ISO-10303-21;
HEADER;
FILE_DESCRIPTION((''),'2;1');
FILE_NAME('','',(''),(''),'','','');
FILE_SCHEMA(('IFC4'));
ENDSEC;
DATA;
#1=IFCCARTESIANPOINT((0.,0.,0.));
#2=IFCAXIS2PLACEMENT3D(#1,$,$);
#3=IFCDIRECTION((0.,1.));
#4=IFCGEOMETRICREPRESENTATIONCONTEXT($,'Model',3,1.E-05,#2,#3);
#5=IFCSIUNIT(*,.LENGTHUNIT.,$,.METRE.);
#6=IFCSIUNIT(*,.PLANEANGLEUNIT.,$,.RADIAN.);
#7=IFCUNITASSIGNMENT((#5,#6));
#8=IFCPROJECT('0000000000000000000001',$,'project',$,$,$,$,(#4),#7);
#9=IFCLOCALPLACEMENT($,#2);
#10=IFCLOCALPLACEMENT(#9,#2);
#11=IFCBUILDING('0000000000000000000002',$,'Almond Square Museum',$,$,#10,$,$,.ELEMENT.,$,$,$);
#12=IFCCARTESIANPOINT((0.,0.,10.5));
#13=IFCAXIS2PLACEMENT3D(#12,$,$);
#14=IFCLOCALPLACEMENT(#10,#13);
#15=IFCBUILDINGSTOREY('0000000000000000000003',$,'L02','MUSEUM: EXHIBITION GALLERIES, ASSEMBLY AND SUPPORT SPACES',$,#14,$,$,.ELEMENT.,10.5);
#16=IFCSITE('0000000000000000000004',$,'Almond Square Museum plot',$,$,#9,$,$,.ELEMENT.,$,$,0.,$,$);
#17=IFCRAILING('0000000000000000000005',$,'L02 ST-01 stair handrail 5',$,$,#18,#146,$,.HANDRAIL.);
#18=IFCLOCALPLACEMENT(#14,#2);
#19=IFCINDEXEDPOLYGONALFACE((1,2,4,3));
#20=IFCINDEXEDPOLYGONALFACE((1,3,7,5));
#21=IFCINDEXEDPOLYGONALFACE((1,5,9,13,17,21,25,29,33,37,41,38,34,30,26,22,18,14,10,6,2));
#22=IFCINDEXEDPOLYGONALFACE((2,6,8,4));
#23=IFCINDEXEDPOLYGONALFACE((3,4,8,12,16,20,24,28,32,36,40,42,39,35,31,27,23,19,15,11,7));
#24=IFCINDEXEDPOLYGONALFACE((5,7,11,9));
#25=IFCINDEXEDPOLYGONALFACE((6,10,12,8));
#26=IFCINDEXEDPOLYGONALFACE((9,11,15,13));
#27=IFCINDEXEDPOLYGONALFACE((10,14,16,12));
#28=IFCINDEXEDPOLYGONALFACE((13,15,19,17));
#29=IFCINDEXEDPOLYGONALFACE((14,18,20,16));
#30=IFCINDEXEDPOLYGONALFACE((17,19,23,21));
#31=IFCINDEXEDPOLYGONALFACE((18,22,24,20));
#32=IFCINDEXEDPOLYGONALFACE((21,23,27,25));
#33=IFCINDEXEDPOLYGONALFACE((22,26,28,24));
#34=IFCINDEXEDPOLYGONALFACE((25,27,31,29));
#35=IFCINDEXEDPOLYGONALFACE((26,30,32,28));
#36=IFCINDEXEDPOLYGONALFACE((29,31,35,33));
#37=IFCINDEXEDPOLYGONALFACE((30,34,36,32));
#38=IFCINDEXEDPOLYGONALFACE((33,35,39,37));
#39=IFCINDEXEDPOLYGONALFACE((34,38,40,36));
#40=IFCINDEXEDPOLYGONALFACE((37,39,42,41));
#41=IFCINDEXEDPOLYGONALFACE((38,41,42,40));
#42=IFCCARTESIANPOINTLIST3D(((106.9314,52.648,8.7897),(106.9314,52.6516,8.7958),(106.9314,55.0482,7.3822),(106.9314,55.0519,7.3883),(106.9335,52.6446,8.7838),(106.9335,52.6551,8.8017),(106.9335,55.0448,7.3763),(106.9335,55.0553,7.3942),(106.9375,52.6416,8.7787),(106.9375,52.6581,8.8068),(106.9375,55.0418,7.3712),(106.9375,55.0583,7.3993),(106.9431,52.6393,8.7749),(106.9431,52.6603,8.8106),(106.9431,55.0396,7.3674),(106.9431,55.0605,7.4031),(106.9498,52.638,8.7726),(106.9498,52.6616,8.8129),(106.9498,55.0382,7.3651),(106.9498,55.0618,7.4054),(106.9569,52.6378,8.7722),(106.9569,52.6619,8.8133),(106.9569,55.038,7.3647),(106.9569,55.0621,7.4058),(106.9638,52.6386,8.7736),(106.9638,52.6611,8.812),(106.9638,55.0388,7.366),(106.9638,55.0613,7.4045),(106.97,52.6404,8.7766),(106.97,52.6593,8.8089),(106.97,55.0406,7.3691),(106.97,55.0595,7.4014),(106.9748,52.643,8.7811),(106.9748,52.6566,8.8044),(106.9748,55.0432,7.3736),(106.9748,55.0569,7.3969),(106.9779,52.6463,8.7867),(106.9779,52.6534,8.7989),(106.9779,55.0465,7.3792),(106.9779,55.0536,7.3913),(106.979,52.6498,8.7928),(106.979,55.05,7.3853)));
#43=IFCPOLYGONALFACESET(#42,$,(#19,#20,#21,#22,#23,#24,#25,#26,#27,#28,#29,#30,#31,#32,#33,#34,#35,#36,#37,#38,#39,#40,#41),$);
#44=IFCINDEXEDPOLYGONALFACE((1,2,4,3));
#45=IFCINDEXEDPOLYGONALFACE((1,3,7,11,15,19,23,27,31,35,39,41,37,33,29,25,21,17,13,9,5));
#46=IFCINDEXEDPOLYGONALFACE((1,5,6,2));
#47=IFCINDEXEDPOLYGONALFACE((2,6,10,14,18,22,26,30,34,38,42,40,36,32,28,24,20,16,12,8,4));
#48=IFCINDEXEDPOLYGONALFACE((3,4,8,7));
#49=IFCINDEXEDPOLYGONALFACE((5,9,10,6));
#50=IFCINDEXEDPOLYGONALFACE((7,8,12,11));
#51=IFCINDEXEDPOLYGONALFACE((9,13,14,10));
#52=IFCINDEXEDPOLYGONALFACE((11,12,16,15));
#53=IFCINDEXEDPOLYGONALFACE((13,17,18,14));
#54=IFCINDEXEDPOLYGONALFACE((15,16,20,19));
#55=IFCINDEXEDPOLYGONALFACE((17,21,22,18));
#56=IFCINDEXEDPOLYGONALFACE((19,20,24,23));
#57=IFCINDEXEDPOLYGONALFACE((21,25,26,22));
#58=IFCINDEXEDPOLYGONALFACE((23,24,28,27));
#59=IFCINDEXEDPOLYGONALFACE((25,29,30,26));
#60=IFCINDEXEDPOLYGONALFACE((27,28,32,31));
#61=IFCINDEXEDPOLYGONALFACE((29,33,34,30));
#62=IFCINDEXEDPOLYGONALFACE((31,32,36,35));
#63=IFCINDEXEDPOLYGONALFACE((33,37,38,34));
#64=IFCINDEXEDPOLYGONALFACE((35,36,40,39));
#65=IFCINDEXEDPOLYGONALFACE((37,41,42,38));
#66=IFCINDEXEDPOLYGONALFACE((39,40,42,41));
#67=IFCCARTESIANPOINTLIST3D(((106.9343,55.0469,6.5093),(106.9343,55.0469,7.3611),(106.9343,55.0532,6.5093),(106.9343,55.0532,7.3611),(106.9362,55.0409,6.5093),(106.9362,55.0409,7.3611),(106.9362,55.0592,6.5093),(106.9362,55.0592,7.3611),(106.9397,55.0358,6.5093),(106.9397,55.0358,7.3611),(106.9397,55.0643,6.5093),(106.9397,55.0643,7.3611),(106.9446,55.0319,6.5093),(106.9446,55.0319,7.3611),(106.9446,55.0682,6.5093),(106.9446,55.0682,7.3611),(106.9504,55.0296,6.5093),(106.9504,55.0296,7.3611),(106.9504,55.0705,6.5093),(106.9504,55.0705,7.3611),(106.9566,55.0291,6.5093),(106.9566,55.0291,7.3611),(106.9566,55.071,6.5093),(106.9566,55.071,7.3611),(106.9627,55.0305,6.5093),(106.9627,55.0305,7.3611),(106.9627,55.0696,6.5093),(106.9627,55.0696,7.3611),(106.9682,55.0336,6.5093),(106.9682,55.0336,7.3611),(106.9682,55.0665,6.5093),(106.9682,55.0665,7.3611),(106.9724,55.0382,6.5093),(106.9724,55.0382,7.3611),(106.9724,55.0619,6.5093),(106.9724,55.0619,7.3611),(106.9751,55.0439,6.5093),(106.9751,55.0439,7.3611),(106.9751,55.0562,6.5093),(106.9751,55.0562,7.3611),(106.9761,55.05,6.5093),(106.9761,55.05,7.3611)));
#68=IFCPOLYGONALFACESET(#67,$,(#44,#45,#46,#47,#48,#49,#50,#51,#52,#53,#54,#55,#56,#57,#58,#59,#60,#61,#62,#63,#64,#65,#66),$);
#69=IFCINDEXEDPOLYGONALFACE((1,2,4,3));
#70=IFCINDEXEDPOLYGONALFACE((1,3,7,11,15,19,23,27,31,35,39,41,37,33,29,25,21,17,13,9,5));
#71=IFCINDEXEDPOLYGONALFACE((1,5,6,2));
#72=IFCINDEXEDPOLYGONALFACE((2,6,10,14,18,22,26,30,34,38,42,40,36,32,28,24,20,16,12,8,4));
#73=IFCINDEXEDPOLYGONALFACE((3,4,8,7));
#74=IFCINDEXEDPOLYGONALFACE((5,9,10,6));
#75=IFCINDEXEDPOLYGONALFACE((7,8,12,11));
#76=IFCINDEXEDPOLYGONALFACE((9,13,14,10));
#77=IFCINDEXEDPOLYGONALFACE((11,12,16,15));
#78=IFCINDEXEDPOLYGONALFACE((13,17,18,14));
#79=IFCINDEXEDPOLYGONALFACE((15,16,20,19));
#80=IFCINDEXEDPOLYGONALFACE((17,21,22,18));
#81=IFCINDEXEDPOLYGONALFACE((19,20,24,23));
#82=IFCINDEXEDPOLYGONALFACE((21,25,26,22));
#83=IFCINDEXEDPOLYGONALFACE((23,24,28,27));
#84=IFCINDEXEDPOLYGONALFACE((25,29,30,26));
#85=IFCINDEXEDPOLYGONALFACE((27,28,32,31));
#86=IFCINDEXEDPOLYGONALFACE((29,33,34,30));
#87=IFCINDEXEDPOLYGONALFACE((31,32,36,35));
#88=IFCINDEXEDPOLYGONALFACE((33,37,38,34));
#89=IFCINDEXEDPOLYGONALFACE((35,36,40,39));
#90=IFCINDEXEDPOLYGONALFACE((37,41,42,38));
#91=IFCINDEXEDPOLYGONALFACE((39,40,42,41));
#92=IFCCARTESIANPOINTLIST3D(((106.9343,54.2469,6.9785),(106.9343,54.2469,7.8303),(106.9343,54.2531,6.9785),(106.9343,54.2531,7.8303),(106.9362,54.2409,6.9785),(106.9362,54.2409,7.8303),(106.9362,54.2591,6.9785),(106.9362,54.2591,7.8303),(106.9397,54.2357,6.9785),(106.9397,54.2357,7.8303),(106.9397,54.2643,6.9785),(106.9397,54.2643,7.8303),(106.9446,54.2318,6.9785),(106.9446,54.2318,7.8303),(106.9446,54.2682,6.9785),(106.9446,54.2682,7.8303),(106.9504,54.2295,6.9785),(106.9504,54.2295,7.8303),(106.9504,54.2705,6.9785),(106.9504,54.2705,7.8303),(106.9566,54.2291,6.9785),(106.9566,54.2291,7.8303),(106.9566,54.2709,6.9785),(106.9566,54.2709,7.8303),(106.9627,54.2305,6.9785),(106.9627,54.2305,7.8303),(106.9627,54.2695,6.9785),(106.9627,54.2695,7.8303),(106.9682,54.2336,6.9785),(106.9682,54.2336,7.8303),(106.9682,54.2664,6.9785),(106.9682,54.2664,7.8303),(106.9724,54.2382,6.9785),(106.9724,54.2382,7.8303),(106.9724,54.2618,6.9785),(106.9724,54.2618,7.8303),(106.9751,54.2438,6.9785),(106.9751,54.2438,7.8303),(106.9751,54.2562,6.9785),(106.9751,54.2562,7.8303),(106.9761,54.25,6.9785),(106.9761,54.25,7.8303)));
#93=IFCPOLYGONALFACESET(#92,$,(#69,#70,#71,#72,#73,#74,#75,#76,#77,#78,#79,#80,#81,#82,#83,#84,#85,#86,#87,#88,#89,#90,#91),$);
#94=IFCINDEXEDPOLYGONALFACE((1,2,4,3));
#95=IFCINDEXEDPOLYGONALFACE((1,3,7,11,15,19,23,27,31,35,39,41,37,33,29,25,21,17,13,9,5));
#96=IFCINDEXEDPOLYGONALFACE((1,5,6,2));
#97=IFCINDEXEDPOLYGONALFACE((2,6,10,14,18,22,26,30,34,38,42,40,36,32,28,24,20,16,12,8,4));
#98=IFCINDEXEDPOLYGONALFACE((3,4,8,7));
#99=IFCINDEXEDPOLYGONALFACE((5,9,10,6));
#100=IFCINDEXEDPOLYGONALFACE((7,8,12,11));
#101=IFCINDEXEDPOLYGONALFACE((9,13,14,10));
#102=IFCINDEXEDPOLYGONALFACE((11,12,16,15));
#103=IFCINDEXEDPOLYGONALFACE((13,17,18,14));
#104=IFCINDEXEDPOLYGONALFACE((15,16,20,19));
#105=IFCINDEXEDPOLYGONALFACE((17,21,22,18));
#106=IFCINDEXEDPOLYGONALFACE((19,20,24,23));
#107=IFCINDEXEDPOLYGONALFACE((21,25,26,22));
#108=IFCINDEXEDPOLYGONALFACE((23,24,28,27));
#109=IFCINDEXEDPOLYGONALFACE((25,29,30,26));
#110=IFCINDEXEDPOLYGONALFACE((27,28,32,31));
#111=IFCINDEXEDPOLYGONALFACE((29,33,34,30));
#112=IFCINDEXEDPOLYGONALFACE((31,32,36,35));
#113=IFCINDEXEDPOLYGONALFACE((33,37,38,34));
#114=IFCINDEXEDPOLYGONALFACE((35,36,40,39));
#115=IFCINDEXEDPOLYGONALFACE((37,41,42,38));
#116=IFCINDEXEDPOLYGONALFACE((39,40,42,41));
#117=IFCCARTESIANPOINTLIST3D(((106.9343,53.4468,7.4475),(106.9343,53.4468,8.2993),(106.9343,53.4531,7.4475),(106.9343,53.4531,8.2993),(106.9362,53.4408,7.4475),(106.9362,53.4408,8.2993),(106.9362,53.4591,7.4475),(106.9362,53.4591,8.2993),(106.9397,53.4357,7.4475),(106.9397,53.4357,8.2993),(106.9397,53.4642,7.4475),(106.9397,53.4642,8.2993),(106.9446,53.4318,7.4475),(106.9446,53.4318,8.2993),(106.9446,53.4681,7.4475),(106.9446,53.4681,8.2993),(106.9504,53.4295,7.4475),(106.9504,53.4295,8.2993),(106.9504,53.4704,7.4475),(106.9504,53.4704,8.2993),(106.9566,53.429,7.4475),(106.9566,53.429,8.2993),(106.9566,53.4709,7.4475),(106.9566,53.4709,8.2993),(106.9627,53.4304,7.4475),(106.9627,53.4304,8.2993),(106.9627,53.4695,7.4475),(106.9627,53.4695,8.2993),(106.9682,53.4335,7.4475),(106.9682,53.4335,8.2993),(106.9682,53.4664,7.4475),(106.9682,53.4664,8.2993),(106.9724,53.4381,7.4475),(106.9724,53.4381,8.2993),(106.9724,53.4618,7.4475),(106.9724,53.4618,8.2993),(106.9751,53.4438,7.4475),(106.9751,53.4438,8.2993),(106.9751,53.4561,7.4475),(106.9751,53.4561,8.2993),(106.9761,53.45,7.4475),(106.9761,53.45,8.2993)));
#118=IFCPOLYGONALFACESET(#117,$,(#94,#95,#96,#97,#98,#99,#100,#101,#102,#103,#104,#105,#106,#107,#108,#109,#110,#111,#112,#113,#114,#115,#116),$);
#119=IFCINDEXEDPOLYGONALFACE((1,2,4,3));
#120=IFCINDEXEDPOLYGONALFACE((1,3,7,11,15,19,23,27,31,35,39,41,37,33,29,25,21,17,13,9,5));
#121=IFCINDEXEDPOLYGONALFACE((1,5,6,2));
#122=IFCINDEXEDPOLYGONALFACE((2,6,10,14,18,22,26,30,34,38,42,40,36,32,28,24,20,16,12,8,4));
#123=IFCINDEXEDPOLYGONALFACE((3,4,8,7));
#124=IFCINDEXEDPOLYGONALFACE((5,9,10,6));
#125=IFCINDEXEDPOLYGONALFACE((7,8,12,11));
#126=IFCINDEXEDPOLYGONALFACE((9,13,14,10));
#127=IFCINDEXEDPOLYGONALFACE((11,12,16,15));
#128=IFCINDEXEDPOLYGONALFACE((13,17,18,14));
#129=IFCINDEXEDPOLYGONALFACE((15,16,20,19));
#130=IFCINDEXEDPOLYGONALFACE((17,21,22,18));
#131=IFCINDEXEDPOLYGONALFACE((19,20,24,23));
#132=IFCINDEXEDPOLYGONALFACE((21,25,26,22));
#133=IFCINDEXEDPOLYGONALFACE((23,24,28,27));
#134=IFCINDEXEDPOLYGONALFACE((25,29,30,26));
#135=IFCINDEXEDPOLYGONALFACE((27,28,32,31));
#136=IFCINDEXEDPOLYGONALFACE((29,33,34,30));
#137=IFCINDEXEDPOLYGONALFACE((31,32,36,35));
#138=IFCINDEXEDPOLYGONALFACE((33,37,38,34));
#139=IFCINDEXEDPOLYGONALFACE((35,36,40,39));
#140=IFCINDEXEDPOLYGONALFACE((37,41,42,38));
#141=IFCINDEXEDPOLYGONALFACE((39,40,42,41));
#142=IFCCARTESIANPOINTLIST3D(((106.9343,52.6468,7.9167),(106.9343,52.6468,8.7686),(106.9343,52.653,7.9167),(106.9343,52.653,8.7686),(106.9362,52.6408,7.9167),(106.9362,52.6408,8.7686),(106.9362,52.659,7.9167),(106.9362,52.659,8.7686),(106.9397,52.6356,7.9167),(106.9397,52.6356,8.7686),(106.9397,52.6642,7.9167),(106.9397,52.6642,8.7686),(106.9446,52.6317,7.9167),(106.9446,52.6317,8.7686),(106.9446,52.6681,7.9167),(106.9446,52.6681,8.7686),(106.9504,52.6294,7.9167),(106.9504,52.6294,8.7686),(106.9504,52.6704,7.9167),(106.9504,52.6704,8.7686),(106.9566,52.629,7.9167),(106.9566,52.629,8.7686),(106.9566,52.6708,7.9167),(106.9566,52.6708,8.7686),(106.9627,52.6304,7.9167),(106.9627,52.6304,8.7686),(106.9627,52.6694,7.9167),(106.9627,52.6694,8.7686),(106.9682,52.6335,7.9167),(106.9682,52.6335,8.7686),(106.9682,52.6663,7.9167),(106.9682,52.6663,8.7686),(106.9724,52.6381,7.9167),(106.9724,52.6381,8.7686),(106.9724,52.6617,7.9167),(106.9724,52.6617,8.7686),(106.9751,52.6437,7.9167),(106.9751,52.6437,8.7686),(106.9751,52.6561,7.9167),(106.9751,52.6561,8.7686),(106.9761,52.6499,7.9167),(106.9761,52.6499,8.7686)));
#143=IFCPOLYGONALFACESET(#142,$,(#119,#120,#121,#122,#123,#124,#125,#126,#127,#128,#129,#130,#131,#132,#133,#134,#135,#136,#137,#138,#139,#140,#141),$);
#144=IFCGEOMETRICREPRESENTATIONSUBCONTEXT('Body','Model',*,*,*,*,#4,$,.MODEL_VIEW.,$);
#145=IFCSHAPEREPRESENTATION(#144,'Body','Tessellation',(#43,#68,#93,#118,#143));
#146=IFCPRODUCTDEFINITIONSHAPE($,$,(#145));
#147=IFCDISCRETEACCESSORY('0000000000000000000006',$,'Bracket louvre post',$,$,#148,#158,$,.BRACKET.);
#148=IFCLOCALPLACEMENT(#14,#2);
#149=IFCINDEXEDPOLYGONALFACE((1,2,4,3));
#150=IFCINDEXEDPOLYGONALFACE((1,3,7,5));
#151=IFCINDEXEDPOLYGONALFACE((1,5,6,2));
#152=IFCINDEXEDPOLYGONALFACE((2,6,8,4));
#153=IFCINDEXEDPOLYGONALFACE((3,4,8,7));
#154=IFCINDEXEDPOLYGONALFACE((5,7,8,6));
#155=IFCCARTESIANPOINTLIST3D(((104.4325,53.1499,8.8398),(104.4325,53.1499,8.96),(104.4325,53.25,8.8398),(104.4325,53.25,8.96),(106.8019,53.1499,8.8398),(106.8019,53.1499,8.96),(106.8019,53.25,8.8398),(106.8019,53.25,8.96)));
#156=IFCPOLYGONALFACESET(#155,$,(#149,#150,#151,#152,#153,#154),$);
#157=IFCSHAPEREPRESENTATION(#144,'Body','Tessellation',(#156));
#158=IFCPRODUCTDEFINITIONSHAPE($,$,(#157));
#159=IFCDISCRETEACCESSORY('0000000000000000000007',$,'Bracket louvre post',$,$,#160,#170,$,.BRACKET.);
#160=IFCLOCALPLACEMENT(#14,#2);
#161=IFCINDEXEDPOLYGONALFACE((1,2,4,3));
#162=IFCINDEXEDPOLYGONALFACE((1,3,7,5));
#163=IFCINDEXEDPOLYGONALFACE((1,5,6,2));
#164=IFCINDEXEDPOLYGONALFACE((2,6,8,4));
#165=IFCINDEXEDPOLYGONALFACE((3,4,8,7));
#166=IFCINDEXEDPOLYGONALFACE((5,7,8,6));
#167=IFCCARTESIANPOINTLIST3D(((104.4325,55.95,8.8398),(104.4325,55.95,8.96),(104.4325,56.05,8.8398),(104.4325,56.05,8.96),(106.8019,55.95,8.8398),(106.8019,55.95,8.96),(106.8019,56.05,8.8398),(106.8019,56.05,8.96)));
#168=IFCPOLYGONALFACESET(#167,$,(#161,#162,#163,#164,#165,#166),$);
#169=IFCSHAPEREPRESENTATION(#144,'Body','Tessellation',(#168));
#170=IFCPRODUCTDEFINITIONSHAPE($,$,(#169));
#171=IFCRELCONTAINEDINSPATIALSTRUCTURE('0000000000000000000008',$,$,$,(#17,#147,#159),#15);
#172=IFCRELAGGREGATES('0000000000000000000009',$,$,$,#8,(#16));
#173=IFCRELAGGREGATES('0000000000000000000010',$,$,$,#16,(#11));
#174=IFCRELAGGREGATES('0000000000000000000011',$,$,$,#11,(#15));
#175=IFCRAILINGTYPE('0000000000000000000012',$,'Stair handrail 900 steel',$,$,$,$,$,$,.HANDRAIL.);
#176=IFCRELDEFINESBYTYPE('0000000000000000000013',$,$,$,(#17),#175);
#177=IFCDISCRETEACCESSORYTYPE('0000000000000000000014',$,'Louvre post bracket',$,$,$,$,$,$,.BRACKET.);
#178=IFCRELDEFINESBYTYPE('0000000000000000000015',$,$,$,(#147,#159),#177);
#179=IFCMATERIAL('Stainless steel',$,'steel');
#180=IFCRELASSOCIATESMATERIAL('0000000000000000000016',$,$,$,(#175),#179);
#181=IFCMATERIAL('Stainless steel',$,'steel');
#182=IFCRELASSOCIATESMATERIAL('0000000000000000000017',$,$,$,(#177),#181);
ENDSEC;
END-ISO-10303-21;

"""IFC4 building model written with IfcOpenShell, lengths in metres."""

from ifc_helpers import new_model, si_unit, direction, frame, origin, origin_2d, place, context, subcontext, project, spatial, rectangle, circle, extrude, material, type_object, element, save


model = new_model("IFC4")

# Units and contexts
model_context = context("Model", 3, precision=1e-05, world=origin(), true_north=direction((0.0, 1.0)))
body_context = subcontext(model_context, "Body", "Model", "MODEL_VIEW")
ifc_project = project(units=[si_unit("LENGTHUNIT", "METRE"), si_unit("PLANEANGLEUNIT", "RADIAN")], contexts=[model_context])

# Site, building, storey
site_placement = place(None, origin())
site = spatial("IfcSite", under=ifc_project, at=site_placement, Name="Almond Square Museum plot", CompositionType="ELEMENT", RefElevation=0.0)
building_placement = place(site_placement, origin())
building = spatial("IfcBuilding", under=site, at=building_placement, Name="Almond Square Museum", CompositionType="ELEMENT")
storey_placement = place(building_placement, frame((0.0, 0.0, 10.5)))
storey = spatial("IfcBuildingStorey", under=building, at=storey_placement, Name="L02", Description="MUSEUM: EXHIBITION GALLERIES, ASSEMBLY AND SUPPORT SPACES", CompositionType="ELEMENT", Elevation=10.5)

# Railing
ifc_material_1 = material(Name="Stainless steel", Category="steel")
railing_type_1 = type_object("IfcRailingType", Name="Stair handrail 900 steel", PredefinedType="HANDRAIL", material=ifc_material_1)
for number, where, name in (
    (1, (106.9551, 55.05, 6.5093), "L02 ST-01 stair handrail 5"),
):
    element("IfcRailing", number, at=place(storey_placement, frame(where)), inside=storey, type_object=railing_type_1, Name=name, PredefinedType="HANDRAIL", context=body_context, shape_type="SweptSolid", body=[
        extrude(circle(Radius=0.0239, at=origin_2d()), frame((0.0, 0.0, 0.876), z_axis=(0.0, -0.862621, 0.50585), x_axis=(1.0, 0.0, 0.0)), (0.0, 0.0, 1.0), 2.7825),
        extrude(circle(Radius=0.021, at=origin_2d()), origin(), (0.0, 0.0, 1.0), 0.8518),
        extrude(circle(Radius=0.021, at=origin_2d()), frame((0.0, -0.8, 0.4692)), (0.0, 0.0, 1.0), 0.8518),
        extrude(circle(Radius=0.021, at=origin_2d()), frame((0.0, -1.6001, 0.9382)), (0.0, 0.0, 1.0), 0.8518),
        extrude(circle(Radius=0.021, at=origin_2d()), frame((0.0, -2.4001, 1.4075)), (0.0, 0.0, 1.0), 0.8518),
    ])

# Discrete accessories
ifc_material_2 = material(Name="Stainless steel", Category="steel")
discrete_accessory_type = type_object("IfcDiscreteAccessoryType", Name="Louvre post bracket", PredefinedType="BRACKET", material=ifc_material_2)
for number, where, z_axis, x_axis, name in (
    (2, (105.6172, 53.2, 8.8398), (0.0, 0.0, 1.0), (1.0, 0.0, 0.0), "Bracket louvre post"),
    (3, (105.6172, 56.0, 8.8398), (0.0, 0.0, 1.0), (1.0, 0.0, 0.0), "Bracket louvre post"),
):
    element("IfcDiscreteAccessory", number, at=place(storey_placement, frame(where, z_axis=z_axis, x_axis=x_axis)), inside=storey, type_object=discrete_accessory_type, Name=name, PredefinedType="BRACKET", context=body_context, shape_type="SweptSolid", body=[
        extrude(rectangle(XDim=2.3694, YDim=0.1001, at=origin_2d()), origin(), (0.0, 0.0, 1.0), 0.1201),
    ])

save(model, "model.ifc")
